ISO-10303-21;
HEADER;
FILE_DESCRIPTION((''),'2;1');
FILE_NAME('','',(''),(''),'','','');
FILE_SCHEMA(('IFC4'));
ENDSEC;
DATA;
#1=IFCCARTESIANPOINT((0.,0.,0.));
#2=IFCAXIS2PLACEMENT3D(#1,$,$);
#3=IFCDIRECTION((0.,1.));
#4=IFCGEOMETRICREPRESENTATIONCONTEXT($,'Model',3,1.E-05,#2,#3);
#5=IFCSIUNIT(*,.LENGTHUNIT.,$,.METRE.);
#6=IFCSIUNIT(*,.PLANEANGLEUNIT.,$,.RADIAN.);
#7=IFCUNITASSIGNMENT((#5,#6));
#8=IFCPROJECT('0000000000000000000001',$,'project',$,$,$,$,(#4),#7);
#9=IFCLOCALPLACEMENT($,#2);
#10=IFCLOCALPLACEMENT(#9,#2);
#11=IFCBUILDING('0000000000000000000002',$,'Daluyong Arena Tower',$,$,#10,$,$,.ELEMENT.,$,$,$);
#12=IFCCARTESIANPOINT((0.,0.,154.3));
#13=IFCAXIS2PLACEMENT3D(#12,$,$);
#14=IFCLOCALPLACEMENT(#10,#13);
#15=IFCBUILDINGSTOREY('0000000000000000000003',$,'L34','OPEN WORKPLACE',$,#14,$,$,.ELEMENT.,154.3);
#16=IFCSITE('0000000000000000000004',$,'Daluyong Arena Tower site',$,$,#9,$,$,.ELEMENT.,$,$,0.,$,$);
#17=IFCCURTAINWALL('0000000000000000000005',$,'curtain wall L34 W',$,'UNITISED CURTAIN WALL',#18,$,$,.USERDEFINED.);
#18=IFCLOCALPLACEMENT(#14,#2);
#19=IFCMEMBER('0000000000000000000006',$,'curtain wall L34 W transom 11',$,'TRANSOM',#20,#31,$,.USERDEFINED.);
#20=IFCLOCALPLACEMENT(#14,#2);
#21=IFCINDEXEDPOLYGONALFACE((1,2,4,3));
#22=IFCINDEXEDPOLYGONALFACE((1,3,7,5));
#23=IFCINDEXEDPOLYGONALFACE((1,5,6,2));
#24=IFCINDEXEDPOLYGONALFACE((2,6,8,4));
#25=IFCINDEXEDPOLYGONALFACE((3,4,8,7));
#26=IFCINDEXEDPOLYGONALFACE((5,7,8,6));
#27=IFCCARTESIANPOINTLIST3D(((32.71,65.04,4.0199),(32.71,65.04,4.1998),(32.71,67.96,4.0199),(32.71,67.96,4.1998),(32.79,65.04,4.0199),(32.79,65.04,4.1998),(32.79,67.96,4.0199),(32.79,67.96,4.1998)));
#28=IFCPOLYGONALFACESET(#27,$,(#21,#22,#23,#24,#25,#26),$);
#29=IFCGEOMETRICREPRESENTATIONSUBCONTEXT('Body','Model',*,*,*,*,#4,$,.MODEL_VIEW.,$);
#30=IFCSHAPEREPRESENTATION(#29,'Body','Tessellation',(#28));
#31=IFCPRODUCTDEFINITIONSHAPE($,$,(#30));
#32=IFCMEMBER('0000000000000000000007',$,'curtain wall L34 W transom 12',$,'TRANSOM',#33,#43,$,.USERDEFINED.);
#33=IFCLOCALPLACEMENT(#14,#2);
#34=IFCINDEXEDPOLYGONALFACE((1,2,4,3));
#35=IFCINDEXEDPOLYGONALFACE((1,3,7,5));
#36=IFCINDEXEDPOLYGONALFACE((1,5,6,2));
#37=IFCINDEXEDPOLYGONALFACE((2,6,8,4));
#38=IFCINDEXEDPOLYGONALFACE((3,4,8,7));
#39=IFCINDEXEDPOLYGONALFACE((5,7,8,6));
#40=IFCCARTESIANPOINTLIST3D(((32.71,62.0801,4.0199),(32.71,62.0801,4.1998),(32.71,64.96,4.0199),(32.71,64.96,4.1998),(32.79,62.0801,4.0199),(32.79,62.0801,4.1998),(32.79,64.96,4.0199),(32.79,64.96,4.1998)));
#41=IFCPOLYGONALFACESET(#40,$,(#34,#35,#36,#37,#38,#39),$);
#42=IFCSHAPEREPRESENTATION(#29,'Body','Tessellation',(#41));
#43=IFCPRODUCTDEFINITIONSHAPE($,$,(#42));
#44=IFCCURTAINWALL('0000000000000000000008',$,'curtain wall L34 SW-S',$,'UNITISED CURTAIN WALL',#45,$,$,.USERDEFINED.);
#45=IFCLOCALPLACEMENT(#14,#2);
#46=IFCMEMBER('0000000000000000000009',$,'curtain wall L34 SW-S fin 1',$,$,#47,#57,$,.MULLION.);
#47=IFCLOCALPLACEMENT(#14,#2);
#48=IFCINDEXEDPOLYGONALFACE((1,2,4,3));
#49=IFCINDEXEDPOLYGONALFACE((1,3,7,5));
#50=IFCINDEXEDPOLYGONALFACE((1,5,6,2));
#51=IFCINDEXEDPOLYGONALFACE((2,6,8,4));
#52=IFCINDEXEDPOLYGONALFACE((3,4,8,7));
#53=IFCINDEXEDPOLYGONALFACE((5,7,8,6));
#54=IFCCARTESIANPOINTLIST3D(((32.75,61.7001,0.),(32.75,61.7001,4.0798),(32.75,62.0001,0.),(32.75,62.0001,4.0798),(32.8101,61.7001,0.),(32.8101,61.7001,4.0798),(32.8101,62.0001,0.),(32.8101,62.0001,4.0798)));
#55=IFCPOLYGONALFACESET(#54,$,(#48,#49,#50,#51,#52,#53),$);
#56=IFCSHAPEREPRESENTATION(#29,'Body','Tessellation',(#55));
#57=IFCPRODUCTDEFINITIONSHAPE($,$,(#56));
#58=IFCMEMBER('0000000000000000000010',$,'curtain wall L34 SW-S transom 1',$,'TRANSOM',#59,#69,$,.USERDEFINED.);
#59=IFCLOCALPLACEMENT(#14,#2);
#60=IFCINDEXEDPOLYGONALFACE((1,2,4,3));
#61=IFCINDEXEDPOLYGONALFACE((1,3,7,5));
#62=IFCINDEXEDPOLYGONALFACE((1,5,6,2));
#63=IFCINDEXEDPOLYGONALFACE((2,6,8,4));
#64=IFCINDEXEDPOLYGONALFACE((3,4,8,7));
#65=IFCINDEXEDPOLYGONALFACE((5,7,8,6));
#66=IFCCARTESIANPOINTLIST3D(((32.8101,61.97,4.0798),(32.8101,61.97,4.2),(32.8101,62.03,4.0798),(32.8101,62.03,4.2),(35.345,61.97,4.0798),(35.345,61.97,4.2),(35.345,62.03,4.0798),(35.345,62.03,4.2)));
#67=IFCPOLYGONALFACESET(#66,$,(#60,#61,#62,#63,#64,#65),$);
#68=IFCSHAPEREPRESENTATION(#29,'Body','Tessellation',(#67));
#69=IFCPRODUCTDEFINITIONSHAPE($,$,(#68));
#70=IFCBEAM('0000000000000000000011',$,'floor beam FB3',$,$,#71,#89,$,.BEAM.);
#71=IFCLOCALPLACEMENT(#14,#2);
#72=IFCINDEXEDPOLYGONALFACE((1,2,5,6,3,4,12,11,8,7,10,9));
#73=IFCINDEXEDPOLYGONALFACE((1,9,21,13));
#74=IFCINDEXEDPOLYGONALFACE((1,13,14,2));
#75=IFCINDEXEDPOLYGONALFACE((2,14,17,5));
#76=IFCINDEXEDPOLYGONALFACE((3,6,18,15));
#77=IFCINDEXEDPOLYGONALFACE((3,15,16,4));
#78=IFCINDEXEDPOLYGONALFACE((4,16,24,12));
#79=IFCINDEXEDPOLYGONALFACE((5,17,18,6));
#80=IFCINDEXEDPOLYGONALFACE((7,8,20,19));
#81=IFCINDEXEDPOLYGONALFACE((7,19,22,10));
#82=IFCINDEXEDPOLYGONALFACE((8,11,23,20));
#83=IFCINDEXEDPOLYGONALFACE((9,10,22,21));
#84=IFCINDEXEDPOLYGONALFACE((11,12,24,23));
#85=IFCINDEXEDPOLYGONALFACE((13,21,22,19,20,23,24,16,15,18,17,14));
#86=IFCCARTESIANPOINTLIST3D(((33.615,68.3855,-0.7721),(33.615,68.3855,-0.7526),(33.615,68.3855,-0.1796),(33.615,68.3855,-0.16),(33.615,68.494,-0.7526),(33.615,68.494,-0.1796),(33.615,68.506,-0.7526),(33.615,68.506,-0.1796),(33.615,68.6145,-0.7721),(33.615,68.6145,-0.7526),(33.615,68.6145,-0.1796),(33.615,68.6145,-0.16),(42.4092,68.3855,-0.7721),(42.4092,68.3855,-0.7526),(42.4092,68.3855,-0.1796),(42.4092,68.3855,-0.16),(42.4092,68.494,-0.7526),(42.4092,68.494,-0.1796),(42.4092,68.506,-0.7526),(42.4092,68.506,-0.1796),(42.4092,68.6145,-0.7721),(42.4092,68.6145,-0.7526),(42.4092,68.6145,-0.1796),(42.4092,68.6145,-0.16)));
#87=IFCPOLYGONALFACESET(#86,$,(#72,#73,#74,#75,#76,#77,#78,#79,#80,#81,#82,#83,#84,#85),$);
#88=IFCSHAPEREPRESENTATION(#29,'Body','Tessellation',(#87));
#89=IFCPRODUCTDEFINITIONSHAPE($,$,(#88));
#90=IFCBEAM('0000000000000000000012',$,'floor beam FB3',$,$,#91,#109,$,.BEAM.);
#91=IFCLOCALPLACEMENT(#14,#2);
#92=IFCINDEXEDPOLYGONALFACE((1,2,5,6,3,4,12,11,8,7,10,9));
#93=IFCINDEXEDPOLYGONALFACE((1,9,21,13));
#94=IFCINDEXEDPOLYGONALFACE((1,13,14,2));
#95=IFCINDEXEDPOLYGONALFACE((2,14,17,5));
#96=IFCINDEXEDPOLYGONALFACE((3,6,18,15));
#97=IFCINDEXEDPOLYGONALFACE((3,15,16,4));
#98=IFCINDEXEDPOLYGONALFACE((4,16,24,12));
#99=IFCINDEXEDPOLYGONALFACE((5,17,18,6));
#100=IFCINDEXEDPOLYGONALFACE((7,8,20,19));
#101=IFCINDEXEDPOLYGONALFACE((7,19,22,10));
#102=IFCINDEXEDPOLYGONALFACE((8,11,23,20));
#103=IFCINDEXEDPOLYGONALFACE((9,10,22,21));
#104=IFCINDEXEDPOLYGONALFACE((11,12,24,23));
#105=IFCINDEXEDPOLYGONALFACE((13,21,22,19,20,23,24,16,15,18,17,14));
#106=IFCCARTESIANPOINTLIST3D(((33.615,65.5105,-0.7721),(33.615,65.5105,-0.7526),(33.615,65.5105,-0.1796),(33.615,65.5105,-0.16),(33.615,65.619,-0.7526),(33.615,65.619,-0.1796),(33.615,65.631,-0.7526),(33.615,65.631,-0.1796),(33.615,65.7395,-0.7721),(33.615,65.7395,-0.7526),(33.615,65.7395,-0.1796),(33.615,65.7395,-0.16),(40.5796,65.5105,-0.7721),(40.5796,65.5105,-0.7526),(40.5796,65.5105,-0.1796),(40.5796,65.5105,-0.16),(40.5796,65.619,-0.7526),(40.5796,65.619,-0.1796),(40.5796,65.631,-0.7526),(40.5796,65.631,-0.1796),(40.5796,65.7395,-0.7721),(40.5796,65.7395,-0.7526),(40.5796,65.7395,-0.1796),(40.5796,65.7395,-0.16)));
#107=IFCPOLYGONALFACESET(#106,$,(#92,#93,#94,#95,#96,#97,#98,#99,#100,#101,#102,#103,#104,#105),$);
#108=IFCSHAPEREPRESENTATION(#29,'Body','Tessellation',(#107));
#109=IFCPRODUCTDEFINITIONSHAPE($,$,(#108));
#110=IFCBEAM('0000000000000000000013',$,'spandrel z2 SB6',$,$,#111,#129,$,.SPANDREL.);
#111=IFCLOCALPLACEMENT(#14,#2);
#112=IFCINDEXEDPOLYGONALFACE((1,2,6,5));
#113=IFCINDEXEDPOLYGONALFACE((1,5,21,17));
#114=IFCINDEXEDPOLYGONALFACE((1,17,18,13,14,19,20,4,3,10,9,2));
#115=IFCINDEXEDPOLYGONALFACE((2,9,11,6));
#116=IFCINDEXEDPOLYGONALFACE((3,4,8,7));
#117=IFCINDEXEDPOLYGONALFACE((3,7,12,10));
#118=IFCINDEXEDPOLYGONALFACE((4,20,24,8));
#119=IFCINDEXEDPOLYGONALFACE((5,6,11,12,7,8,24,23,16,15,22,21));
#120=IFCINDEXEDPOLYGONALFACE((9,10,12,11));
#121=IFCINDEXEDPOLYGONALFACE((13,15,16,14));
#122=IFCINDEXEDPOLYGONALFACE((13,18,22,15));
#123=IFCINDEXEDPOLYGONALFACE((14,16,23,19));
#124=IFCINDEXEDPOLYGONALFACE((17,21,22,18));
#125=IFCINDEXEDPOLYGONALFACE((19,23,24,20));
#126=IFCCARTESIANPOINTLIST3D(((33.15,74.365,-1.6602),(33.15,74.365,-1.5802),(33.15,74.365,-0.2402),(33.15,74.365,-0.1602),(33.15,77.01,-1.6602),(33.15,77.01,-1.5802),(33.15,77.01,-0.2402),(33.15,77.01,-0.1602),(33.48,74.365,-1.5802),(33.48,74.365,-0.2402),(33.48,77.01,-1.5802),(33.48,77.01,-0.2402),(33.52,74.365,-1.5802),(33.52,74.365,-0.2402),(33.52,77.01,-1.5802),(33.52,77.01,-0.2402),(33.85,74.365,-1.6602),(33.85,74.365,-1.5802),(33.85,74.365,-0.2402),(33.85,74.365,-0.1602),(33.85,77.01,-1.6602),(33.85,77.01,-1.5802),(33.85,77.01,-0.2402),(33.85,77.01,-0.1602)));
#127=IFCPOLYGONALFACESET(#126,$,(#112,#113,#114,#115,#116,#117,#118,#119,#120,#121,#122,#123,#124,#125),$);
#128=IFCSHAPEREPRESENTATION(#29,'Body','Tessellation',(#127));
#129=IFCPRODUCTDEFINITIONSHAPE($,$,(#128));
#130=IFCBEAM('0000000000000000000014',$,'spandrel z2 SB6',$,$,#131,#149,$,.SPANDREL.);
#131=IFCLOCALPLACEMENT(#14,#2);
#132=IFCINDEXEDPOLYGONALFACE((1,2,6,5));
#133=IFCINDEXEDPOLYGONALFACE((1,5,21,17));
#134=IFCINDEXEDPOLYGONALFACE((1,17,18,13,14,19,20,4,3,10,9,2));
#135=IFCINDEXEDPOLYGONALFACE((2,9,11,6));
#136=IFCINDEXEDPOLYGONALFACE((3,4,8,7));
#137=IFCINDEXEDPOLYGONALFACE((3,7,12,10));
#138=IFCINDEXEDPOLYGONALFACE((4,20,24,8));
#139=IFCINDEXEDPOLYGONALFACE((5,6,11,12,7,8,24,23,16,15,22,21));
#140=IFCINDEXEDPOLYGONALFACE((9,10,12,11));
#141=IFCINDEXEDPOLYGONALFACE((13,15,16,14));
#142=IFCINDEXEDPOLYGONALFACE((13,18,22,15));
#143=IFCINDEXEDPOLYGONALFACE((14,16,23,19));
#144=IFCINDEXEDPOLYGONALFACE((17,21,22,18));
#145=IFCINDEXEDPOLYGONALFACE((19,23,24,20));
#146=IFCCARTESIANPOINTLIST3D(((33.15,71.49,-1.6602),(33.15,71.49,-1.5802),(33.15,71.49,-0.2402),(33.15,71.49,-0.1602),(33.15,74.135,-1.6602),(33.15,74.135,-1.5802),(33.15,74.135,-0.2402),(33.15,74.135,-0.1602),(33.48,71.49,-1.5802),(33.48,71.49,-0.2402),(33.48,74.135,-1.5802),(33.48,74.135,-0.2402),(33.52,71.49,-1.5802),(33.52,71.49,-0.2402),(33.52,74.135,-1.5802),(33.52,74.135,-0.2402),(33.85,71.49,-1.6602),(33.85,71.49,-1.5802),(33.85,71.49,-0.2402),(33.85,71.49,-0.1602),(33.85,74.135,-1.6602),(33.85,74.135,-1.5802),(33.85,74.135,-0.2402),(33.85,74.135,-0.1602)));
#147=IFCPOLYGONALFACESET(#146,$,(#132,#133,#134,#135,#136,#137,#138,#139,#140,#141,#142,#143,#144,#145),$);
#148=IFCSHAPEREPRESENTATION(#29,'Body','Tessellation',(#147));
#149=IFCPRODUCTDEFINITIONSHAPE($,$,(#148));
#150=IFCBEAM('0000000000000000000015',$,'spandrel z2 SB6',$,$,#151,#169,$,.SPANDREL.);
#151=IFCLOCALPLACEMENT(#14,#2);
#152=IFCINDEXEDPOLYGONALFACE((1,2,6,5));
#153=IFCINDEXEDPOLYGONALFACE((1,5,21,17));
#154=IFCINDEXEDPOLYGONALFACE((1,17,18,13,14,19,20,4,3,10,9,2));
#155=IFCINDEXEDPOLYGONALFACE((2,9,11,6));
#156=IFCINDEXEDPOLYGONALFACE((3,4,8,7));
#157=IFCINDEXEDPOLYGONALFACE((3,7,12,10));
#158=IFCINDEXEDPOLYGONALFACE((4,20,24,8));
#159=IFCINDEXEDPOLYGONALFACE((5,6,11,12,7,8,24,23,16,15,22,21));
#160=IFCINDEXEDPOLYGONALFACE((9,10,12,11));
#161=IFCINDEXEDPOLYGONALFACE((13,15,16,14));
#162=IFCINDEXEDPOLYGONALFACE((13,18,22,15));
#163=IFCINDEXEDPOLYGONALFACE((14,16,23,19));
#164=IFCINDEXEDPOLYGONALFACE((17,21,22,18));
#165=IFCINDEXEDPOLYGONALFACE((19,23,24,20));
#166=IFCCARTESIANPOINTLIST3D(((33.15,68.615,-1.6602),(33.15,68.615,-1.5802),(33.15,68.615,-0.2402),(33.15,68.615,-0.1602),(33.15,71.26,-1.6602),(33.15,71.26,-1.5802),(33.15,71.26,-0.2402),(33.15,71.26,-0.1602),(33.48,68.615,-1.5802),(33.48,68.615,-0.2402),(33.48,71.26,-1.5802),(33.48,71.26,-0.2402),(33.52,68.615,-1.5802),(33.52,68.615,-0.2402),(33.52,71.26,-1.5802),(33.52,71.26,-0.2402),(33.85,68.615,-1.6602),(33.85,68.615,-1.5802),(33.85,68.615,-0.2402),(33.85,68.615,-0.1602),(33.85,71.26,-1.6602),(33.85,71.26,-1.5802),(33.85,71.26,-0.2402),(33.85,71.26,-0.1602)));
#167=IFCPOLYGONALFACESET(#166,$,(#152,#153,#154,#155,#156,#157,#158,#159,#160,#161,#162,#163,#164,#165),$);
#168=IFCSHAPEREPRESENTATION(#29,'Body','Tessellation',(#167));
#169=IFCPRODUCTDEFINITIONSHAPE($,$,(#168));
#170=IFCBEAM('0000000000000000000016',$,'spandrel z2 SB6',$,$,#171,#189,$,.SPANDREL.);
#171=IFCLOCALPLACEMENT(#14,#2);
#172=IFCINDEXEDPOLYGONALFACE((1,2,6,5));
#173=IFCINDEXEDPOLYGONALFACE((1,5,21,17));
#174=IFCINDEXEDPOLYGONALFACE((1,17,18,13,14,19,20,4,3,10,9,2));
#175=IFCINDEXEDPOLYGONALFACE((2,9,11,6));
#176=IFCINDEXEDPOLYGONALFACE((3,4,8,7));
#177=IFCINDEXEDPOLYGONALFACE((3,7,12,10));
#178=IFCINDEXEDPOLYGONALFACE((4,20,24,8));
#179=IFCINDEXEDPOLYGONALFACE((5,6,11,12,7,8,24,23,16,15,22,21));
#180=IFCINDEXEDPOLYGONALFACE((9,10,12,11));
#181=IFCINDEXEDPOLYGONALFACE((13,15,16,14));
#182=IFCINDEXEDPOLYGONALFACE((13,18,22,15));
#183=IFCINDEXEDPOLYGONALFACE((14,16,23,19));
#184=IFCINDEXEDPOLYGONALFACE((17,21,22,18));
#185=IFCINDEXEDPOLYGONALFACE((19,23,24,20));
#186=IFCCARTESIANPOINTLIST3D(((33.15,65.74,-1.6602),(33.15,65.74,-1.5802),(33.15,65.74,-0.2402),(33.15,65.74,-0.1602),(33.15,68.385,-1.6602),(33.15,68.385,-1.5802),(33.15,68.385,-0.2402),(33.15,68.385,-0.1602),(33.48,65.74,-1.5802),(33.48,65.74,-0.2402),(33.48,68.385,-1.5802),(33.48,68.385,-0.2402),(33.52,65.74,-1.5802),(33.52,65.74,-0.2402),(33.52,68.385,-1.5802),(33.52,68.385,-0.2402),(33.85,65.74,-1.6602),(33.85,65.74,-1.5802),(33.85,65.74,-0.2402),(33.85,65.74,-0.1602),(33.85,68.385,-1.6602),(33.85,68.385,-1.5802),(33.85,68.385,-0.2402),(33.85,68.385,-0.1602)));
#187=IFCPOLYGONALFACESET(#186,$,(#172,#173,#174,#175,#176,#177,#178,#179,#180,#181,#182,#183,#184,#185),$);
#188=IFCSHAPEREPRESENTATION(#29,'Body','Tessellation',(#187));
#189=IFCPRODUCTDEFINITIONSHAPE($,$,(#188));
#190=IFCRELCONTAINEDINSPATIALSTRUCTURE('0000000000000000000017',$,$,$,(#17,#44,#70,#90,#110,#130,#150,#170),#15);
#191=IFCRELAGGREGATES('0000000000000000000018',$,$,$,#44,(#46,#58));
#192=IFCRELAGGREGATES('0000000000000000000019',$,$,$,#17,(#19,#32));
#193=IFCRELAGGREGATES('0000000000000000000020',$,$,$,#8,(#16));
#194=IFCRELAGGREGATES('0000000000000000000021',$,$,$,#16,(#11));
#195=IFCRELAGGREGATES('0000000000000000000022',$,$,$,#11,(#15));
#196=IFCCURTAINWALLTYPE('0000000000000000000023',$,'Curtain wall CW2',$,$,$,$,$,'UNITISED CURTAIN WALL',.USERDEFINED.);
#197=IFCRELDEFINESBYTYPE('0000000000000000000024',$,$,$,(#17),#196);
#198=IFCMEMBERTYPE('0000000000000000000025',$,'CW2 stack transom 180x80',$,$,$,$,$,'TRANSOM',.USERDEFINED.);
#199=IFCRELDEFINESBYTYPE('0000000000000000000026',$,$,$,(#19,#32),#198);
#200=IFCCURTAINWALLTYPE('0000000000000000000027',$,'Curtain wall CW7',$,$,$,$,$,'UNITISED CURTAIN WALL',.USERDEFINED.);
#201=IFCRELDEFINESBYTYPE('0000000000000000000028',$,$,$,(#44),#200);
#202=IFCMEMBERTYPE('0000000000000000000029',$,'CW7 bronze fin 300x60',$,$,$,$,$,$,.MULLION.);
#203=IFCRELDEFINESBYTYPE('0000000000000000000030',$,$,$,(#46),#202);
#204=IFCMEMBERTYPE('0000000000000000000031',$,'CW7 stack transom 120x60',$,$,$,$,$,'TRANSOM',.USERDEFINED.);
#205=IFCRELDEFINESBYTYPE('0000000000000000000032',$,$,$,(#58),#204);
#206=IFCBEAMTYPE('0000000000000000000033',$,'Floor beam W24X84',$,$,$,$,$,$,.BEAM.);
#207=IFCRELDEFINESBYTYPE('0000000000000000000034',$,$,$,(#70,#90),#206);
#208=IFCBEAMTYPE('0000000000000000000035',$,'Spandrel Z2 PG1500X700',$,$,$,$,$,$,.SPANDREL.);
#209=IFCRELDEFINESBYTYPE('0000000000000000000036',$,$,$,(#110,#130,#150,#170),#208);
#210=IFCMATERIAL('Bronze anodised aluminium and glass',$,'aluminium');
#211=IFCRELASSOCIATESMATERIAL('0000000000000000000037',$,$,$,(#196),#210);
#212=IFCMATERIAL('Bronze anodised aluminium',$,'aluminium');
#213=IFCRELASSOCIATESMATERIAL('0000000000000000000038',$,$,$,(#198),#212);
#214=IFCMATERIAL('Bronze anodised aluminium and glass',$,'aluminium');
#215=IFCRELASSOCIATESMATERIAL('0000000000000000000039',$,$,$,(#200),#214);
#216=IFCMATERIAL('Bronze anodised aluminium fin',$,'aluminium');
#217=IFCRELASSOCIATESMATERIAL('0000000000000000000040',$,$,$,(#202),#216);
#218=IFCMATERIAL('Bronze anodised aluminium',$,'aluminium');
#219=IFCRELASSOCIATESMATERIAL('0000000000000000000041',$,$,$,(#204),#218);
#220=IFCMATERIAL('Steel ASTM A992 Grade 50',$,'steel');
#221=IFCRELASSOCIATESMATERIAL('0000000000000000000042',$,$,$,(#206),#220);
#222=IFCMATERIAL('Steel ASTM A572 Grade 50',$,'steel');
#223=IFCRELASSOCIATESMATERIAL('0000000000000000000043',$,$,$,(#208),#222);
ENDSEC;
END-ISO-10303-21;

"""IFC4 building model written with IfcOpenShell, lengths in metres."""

from ifc_helpers import new_model, si_unit, direction, frame, origin, origin_2d, place, context, subcontext, project, spatial, rectangle, i_section, extrude, material, material_profile, profile_set, type_object, element, aggregate, save


model = new_model("IFC4")

# Units and contexts
model_context = context("Model", 3, precision=1e-05, world=origin(), true_north=direction((0.0, 1.0)))
body_context = subcontext(model_context, "Body", "Model", "MODEL_VIEW")
ifc_project = project(units=[si_unit("LENGTHUNIT", "METRE"), si_unit("PLANEANGLEUNIT", "RADIAN")], contexts=[model_context])

# Site, building, storey
site_placement = place(None, origin())
site = spatial("IfcSite", under=ifc_project, at=site_placement, Name="Daluyong Arena Tower site", CompositionType="ELEMENT", RefElevation=0.0)
building_placement = place(site_placement, origin())
building = spatial("IfcBuilding", under=site, at=building_placement, Name="Daluyong Arena Tower", CompositionType="ELEMENT")
storey_placement = place(building_placement, frame((0.0, 0.0, 154.3)))
storey = spatial("IfcBuildingStorey", under=building, at=storey_placement, Name="L34", Description="OPEN WORKPLACE", CompositionType="ELEMENT", Elevation=154.3)

# Curtain walls, members
ifc_material_1 = material(Name="Bronze anodised aluminium and glass", Category="aluminium")
curtain_wall_type_1 = type_object("IfcCurtainWallType", Name="Curtain wall CW2", ElementType="UNITISED CURTAIN WALL", PredefinedType="USERDEFINED", material=ifc_material_1)
curtain_wall_1_placement = place(storey_placement, origin())
curtain_wall_1 = element("IfcCurtainWall", 1, at=curtain_wall_1_placement, inside=storey, type_object=curtain_wall_type_1, Name="curtain wall L34 W", ObjectType="UNITISED CURTAIN WALL", PredefinedType="USERDEFINED")
ifc_material_2 = material(Name="Bronze anodised aluminium", Category="aluminium")
ifc_material_profile_1 = material_profile(ifc_material_2, rectangle(XDim=0.0801, YDim=0.1799, at=origin_2d()))
ifc_profile_set_1 = profile_set([ifc_material_profile_1], Name="Bronze anodised aluminium")
member_type_1 = type_object("IfcMemberType", Name="CW2 stack transom 180x80", ElementType="TRANSOM", PredefinedType="USERDEFINED", material=ifc_profile_set_1)
member_1_placement = place(storey_placement, frame((32.75, 67.96, 4.1099), z_axis=(0.0, -1.0, 0.0), x_axis=(1.0, 0.0, 0.0)))
member_1 = element("IfcMember", 2, at=member_1_placement, type_object=member_type_1, Name="curtain wall L34 W transom 11", ObjectType="TRANSOM", PredefinedType="USERDEFINED", context=body_context, shape_type="SweptSolid", body=[
    extrude(rectangle(XDim=0.0801, YDim=0.1799, at=origin_2d()), origin(), (0.0, 0.0, 1.0), 2.9199),
])
member_2_placement = place(storey_placement, frame((32.75, 64.96, 4.1099), z_axis=(0.0, -1.0, 0.0), x_axis=(1.0, 0.0, 0.0)))
member_2 = element("IfcMember", 3, at=member_2_placement, type_object=member_type_1, Name="curtain wall L34 W transom 12", ObjectType="TRANSOM", PredefinedType="USERDEFINED", context=body_context, shape_type="SweptSolid", body=[
    extrude(rectangle(XDim=0.0801, YDim=0.1799, at=origin_2d()), origin(), (0.0, 0.0, 1.0), 2.8799),
])
ifc_material_3 = material(Name="Bronze anodised aluminium and glass", Category="aluminium")
curtain_wall_type_2 = type_object("IfcCurtainWallType", Name="Curtain wall CW7", ElementType="UNITISED CURTAIN WALL", PredefinedType="USERDEFINED", material=ifc_material_3)
curtain_wall_2_placement = place(storey_placement, origin())
curtain_wall_2 = element("IfcCurtainWall", 4, at=curtain_wall_2_placement, inside=storey, type_object=curtain_wall_type_2, Name="curtain wall L34 SW-S", ObjectType="UNITISED CURTAIN WALL", PredefinedType="USERDEFINED")
ifc_material_4 = material(Name="Bronze anodised aluminium fin", Category="aluminium")
ifc_material_profile_2 = material_profile(ifc_material_4, rectangle(XDim=0.3, YDim=0.0601, at=origin_2d()))
ifc_profile_set_2 = profile_set([ifc_material_profile_2], Name="Bronze anodised aluminium fin")
member_type_2 = type_object("IfcMemberType", Name="CW7 bronze fin 300x60", PredefinedType="MULLION", material=ifc_profile_set_2)
member_3_placement = place(storey_placement, frame((32.78, 61.8501, 0.0), z_axis=(0.0, 0.0, 1.0), x_axis=(0.0, 1.0, 0.0)))
member_3 = element("IfcMember", 5, at=member_3_placement, type_object=member_type_2, Name="curtain wall L34 SW-S fin 1", PredefinedType="MULLION", context=body_context, shape_type="SweptSolid", body=[
    extrude(rectangle(XDim=0.3, YDim=0.0601, at=origin_2d()), origin(), (0.0, 0.0, 1.0), 4.0798),
])
ifc_material_5 = material(Name="Bronze anodised aluminium", Category="aluminium")
ifc_material_profile_3 = material_profile(ifc_material_5, rectangle(XDim=0.0601, YDim=0.1201, at=origin_2d()))
ifc_profile_set_3 = profile_set([ifc_material_profile_3], Name="Bronze anodised aluminium")
member_type_3 = type_object("IfcMemberType", Name="CW7 stack transom 120x60", ElementType="TRANSOM", PredefinedType="USERDEFINED", material=ifc_profile_set_3)
member_4_placement = place(storey_placement, frame((32.8101, 62.0, 4.1399), z_axis=(1.0, 0.0, 0.0), x_axis=(0.0, 1.0, 0.0)))
member_4 = element("IfcMember", 6, at=member_4_placement, type_object=member_type_3, Name="curtain wall L34 SW-S transom 1", ObjectType="TRANSOM", PredefinedType="USERDEFINED", context=body_context, shape_type="SweptSolid", body=[
    extrude(rectangle(XDim=0.0601, YDim=0.1201, at=origin_2d()), origin(), (0.0, 0.0, 1.0), 2.5349),
])
aggregate(curtain_wall_2, [member_3, member_4])

# Beams
ifc_material_6 = material(Name="Steel ASTM A992 Grade 50", Category="steel")
ifc_material_profile_4 = material_profile(ifc_material_6, i_section(OverallWidth=0.229, OverallDepth=0.6121, WebThickness=0.012, FlangeThickness=0.0195, at=origin_2d()))
ifc_profile_set_4 = profile_set([ifc_material_profile_4], Name="Steel ASTM A992 Grade 50")
beam_type_1 = type_object("IfcBeamType", Name="Floor beam W24X84", PredefinedType="BEAM", material=ifc_profile_set_4)
beam_1_placement = place(storey_placement, frame((33.615, 68.5, -0.4661), z_axis=(1.0, 0.0, 0.0), x_axis=(0.0, 1.0, 0.0)))
element("IfcBeam", 7, at=beam_1_placement, inside=storey, type_object=beam_type_1, Name="floor beam FB3", PredefinedType="BEAM", context=body_context, shape_type="SweptSolid", body=[
    extrude(i_section(OverallWidth=0.229, OverallDepth=0.6121, WebThickness=0.012, FlangeThickness=0.0195, at=origin_2d()), origin(), (0.0, 0.0, 1.0), 8.7942),
])
beam_2_placement = place(storey_placement, frame((33.615, 65.625, -0.4661), z_axis=(1.0, 0.0, 0.0), x_axis=(0.0, 1.0, 0.0)))
element("IfcBeam", 8, at=beam_2_placement, inside=storey, type_object=beam_type_1, Name="floor beam FB3", PredefinedType="BEAM", context=body_context, shape_type="SweptSolid", body=[
    extrude(i_section(OverallWidth=0.229, OverallDepth=0.6121, WebThickness=0.012, FlangeThickness=0.0195, at=origin_2d()), origin(), (0.0, 0.0, 1.0), 6.9646),
])
ifc_material_7 = material(Name="Steel ASTM A572 Grade 50", Category="steel")
ifc_material_profile_5 = material_profile(ifc_material_7, i_section(OverallWidth=0.7, OverallDepth=1.5, WebThickness=0.04, FlangeThickness=0.08, at=origin_2d()))
ifc_profile_set_5 = profile_set([ifc_material_profile_5], Name="Steel ASTM A572 Grade 50")
beam_type_2 = type_object("IfcBeamType", Name="Spandrel Z2 PG1500X700", PredefinedType="SPANDREL", material=ifc_profile_set_5)
for number, where, z_axis, x_axis, name in (
    (9, (33.5, 77.01, -0.9102), (0.0, -1.0, 0.0), (1.0, 0.0, 0.0), "spandrel z2 SB6"),
    (10, (33.5, 74.135, -0.9102), (0.0, -1.0, 0.0), (1.0, 0.0, 0.0), "spandrel z2 SB6"),
    (11, (33.5, 71.26, -0.9102), (0.0, -1.0, 0.0), (1.0, 0.0, 0.0), "spandrel z2 SB6"),
    (12, (33.5, 68.385, -0.9102), (0.0, -1.0, 0.0), (1.0, 0.0, 0.0), "spandrel z2 SB6"),
):
    element("IfcBeam", number, at=place(storey_placement, frame(where, z_axis=z_axis, x_axis=x_axis)), inside=storey, type_object=beam_type_2, Name=name, PredefinedType="SPANDREL", context=body_context, shape_type="SweptSolid", body=[
        extrude(i_section(OverallWidth=0.7, OverallDepth=1.5, WebThickness=0.04, FlangeThickness=0.08, at=origin_2d()), origin(), (0.0, 0.0, 1.0), 2.645),
    ])

aggregate(curtain_wall_1, [member_1, member_2])

save(model, "model.ifc")
